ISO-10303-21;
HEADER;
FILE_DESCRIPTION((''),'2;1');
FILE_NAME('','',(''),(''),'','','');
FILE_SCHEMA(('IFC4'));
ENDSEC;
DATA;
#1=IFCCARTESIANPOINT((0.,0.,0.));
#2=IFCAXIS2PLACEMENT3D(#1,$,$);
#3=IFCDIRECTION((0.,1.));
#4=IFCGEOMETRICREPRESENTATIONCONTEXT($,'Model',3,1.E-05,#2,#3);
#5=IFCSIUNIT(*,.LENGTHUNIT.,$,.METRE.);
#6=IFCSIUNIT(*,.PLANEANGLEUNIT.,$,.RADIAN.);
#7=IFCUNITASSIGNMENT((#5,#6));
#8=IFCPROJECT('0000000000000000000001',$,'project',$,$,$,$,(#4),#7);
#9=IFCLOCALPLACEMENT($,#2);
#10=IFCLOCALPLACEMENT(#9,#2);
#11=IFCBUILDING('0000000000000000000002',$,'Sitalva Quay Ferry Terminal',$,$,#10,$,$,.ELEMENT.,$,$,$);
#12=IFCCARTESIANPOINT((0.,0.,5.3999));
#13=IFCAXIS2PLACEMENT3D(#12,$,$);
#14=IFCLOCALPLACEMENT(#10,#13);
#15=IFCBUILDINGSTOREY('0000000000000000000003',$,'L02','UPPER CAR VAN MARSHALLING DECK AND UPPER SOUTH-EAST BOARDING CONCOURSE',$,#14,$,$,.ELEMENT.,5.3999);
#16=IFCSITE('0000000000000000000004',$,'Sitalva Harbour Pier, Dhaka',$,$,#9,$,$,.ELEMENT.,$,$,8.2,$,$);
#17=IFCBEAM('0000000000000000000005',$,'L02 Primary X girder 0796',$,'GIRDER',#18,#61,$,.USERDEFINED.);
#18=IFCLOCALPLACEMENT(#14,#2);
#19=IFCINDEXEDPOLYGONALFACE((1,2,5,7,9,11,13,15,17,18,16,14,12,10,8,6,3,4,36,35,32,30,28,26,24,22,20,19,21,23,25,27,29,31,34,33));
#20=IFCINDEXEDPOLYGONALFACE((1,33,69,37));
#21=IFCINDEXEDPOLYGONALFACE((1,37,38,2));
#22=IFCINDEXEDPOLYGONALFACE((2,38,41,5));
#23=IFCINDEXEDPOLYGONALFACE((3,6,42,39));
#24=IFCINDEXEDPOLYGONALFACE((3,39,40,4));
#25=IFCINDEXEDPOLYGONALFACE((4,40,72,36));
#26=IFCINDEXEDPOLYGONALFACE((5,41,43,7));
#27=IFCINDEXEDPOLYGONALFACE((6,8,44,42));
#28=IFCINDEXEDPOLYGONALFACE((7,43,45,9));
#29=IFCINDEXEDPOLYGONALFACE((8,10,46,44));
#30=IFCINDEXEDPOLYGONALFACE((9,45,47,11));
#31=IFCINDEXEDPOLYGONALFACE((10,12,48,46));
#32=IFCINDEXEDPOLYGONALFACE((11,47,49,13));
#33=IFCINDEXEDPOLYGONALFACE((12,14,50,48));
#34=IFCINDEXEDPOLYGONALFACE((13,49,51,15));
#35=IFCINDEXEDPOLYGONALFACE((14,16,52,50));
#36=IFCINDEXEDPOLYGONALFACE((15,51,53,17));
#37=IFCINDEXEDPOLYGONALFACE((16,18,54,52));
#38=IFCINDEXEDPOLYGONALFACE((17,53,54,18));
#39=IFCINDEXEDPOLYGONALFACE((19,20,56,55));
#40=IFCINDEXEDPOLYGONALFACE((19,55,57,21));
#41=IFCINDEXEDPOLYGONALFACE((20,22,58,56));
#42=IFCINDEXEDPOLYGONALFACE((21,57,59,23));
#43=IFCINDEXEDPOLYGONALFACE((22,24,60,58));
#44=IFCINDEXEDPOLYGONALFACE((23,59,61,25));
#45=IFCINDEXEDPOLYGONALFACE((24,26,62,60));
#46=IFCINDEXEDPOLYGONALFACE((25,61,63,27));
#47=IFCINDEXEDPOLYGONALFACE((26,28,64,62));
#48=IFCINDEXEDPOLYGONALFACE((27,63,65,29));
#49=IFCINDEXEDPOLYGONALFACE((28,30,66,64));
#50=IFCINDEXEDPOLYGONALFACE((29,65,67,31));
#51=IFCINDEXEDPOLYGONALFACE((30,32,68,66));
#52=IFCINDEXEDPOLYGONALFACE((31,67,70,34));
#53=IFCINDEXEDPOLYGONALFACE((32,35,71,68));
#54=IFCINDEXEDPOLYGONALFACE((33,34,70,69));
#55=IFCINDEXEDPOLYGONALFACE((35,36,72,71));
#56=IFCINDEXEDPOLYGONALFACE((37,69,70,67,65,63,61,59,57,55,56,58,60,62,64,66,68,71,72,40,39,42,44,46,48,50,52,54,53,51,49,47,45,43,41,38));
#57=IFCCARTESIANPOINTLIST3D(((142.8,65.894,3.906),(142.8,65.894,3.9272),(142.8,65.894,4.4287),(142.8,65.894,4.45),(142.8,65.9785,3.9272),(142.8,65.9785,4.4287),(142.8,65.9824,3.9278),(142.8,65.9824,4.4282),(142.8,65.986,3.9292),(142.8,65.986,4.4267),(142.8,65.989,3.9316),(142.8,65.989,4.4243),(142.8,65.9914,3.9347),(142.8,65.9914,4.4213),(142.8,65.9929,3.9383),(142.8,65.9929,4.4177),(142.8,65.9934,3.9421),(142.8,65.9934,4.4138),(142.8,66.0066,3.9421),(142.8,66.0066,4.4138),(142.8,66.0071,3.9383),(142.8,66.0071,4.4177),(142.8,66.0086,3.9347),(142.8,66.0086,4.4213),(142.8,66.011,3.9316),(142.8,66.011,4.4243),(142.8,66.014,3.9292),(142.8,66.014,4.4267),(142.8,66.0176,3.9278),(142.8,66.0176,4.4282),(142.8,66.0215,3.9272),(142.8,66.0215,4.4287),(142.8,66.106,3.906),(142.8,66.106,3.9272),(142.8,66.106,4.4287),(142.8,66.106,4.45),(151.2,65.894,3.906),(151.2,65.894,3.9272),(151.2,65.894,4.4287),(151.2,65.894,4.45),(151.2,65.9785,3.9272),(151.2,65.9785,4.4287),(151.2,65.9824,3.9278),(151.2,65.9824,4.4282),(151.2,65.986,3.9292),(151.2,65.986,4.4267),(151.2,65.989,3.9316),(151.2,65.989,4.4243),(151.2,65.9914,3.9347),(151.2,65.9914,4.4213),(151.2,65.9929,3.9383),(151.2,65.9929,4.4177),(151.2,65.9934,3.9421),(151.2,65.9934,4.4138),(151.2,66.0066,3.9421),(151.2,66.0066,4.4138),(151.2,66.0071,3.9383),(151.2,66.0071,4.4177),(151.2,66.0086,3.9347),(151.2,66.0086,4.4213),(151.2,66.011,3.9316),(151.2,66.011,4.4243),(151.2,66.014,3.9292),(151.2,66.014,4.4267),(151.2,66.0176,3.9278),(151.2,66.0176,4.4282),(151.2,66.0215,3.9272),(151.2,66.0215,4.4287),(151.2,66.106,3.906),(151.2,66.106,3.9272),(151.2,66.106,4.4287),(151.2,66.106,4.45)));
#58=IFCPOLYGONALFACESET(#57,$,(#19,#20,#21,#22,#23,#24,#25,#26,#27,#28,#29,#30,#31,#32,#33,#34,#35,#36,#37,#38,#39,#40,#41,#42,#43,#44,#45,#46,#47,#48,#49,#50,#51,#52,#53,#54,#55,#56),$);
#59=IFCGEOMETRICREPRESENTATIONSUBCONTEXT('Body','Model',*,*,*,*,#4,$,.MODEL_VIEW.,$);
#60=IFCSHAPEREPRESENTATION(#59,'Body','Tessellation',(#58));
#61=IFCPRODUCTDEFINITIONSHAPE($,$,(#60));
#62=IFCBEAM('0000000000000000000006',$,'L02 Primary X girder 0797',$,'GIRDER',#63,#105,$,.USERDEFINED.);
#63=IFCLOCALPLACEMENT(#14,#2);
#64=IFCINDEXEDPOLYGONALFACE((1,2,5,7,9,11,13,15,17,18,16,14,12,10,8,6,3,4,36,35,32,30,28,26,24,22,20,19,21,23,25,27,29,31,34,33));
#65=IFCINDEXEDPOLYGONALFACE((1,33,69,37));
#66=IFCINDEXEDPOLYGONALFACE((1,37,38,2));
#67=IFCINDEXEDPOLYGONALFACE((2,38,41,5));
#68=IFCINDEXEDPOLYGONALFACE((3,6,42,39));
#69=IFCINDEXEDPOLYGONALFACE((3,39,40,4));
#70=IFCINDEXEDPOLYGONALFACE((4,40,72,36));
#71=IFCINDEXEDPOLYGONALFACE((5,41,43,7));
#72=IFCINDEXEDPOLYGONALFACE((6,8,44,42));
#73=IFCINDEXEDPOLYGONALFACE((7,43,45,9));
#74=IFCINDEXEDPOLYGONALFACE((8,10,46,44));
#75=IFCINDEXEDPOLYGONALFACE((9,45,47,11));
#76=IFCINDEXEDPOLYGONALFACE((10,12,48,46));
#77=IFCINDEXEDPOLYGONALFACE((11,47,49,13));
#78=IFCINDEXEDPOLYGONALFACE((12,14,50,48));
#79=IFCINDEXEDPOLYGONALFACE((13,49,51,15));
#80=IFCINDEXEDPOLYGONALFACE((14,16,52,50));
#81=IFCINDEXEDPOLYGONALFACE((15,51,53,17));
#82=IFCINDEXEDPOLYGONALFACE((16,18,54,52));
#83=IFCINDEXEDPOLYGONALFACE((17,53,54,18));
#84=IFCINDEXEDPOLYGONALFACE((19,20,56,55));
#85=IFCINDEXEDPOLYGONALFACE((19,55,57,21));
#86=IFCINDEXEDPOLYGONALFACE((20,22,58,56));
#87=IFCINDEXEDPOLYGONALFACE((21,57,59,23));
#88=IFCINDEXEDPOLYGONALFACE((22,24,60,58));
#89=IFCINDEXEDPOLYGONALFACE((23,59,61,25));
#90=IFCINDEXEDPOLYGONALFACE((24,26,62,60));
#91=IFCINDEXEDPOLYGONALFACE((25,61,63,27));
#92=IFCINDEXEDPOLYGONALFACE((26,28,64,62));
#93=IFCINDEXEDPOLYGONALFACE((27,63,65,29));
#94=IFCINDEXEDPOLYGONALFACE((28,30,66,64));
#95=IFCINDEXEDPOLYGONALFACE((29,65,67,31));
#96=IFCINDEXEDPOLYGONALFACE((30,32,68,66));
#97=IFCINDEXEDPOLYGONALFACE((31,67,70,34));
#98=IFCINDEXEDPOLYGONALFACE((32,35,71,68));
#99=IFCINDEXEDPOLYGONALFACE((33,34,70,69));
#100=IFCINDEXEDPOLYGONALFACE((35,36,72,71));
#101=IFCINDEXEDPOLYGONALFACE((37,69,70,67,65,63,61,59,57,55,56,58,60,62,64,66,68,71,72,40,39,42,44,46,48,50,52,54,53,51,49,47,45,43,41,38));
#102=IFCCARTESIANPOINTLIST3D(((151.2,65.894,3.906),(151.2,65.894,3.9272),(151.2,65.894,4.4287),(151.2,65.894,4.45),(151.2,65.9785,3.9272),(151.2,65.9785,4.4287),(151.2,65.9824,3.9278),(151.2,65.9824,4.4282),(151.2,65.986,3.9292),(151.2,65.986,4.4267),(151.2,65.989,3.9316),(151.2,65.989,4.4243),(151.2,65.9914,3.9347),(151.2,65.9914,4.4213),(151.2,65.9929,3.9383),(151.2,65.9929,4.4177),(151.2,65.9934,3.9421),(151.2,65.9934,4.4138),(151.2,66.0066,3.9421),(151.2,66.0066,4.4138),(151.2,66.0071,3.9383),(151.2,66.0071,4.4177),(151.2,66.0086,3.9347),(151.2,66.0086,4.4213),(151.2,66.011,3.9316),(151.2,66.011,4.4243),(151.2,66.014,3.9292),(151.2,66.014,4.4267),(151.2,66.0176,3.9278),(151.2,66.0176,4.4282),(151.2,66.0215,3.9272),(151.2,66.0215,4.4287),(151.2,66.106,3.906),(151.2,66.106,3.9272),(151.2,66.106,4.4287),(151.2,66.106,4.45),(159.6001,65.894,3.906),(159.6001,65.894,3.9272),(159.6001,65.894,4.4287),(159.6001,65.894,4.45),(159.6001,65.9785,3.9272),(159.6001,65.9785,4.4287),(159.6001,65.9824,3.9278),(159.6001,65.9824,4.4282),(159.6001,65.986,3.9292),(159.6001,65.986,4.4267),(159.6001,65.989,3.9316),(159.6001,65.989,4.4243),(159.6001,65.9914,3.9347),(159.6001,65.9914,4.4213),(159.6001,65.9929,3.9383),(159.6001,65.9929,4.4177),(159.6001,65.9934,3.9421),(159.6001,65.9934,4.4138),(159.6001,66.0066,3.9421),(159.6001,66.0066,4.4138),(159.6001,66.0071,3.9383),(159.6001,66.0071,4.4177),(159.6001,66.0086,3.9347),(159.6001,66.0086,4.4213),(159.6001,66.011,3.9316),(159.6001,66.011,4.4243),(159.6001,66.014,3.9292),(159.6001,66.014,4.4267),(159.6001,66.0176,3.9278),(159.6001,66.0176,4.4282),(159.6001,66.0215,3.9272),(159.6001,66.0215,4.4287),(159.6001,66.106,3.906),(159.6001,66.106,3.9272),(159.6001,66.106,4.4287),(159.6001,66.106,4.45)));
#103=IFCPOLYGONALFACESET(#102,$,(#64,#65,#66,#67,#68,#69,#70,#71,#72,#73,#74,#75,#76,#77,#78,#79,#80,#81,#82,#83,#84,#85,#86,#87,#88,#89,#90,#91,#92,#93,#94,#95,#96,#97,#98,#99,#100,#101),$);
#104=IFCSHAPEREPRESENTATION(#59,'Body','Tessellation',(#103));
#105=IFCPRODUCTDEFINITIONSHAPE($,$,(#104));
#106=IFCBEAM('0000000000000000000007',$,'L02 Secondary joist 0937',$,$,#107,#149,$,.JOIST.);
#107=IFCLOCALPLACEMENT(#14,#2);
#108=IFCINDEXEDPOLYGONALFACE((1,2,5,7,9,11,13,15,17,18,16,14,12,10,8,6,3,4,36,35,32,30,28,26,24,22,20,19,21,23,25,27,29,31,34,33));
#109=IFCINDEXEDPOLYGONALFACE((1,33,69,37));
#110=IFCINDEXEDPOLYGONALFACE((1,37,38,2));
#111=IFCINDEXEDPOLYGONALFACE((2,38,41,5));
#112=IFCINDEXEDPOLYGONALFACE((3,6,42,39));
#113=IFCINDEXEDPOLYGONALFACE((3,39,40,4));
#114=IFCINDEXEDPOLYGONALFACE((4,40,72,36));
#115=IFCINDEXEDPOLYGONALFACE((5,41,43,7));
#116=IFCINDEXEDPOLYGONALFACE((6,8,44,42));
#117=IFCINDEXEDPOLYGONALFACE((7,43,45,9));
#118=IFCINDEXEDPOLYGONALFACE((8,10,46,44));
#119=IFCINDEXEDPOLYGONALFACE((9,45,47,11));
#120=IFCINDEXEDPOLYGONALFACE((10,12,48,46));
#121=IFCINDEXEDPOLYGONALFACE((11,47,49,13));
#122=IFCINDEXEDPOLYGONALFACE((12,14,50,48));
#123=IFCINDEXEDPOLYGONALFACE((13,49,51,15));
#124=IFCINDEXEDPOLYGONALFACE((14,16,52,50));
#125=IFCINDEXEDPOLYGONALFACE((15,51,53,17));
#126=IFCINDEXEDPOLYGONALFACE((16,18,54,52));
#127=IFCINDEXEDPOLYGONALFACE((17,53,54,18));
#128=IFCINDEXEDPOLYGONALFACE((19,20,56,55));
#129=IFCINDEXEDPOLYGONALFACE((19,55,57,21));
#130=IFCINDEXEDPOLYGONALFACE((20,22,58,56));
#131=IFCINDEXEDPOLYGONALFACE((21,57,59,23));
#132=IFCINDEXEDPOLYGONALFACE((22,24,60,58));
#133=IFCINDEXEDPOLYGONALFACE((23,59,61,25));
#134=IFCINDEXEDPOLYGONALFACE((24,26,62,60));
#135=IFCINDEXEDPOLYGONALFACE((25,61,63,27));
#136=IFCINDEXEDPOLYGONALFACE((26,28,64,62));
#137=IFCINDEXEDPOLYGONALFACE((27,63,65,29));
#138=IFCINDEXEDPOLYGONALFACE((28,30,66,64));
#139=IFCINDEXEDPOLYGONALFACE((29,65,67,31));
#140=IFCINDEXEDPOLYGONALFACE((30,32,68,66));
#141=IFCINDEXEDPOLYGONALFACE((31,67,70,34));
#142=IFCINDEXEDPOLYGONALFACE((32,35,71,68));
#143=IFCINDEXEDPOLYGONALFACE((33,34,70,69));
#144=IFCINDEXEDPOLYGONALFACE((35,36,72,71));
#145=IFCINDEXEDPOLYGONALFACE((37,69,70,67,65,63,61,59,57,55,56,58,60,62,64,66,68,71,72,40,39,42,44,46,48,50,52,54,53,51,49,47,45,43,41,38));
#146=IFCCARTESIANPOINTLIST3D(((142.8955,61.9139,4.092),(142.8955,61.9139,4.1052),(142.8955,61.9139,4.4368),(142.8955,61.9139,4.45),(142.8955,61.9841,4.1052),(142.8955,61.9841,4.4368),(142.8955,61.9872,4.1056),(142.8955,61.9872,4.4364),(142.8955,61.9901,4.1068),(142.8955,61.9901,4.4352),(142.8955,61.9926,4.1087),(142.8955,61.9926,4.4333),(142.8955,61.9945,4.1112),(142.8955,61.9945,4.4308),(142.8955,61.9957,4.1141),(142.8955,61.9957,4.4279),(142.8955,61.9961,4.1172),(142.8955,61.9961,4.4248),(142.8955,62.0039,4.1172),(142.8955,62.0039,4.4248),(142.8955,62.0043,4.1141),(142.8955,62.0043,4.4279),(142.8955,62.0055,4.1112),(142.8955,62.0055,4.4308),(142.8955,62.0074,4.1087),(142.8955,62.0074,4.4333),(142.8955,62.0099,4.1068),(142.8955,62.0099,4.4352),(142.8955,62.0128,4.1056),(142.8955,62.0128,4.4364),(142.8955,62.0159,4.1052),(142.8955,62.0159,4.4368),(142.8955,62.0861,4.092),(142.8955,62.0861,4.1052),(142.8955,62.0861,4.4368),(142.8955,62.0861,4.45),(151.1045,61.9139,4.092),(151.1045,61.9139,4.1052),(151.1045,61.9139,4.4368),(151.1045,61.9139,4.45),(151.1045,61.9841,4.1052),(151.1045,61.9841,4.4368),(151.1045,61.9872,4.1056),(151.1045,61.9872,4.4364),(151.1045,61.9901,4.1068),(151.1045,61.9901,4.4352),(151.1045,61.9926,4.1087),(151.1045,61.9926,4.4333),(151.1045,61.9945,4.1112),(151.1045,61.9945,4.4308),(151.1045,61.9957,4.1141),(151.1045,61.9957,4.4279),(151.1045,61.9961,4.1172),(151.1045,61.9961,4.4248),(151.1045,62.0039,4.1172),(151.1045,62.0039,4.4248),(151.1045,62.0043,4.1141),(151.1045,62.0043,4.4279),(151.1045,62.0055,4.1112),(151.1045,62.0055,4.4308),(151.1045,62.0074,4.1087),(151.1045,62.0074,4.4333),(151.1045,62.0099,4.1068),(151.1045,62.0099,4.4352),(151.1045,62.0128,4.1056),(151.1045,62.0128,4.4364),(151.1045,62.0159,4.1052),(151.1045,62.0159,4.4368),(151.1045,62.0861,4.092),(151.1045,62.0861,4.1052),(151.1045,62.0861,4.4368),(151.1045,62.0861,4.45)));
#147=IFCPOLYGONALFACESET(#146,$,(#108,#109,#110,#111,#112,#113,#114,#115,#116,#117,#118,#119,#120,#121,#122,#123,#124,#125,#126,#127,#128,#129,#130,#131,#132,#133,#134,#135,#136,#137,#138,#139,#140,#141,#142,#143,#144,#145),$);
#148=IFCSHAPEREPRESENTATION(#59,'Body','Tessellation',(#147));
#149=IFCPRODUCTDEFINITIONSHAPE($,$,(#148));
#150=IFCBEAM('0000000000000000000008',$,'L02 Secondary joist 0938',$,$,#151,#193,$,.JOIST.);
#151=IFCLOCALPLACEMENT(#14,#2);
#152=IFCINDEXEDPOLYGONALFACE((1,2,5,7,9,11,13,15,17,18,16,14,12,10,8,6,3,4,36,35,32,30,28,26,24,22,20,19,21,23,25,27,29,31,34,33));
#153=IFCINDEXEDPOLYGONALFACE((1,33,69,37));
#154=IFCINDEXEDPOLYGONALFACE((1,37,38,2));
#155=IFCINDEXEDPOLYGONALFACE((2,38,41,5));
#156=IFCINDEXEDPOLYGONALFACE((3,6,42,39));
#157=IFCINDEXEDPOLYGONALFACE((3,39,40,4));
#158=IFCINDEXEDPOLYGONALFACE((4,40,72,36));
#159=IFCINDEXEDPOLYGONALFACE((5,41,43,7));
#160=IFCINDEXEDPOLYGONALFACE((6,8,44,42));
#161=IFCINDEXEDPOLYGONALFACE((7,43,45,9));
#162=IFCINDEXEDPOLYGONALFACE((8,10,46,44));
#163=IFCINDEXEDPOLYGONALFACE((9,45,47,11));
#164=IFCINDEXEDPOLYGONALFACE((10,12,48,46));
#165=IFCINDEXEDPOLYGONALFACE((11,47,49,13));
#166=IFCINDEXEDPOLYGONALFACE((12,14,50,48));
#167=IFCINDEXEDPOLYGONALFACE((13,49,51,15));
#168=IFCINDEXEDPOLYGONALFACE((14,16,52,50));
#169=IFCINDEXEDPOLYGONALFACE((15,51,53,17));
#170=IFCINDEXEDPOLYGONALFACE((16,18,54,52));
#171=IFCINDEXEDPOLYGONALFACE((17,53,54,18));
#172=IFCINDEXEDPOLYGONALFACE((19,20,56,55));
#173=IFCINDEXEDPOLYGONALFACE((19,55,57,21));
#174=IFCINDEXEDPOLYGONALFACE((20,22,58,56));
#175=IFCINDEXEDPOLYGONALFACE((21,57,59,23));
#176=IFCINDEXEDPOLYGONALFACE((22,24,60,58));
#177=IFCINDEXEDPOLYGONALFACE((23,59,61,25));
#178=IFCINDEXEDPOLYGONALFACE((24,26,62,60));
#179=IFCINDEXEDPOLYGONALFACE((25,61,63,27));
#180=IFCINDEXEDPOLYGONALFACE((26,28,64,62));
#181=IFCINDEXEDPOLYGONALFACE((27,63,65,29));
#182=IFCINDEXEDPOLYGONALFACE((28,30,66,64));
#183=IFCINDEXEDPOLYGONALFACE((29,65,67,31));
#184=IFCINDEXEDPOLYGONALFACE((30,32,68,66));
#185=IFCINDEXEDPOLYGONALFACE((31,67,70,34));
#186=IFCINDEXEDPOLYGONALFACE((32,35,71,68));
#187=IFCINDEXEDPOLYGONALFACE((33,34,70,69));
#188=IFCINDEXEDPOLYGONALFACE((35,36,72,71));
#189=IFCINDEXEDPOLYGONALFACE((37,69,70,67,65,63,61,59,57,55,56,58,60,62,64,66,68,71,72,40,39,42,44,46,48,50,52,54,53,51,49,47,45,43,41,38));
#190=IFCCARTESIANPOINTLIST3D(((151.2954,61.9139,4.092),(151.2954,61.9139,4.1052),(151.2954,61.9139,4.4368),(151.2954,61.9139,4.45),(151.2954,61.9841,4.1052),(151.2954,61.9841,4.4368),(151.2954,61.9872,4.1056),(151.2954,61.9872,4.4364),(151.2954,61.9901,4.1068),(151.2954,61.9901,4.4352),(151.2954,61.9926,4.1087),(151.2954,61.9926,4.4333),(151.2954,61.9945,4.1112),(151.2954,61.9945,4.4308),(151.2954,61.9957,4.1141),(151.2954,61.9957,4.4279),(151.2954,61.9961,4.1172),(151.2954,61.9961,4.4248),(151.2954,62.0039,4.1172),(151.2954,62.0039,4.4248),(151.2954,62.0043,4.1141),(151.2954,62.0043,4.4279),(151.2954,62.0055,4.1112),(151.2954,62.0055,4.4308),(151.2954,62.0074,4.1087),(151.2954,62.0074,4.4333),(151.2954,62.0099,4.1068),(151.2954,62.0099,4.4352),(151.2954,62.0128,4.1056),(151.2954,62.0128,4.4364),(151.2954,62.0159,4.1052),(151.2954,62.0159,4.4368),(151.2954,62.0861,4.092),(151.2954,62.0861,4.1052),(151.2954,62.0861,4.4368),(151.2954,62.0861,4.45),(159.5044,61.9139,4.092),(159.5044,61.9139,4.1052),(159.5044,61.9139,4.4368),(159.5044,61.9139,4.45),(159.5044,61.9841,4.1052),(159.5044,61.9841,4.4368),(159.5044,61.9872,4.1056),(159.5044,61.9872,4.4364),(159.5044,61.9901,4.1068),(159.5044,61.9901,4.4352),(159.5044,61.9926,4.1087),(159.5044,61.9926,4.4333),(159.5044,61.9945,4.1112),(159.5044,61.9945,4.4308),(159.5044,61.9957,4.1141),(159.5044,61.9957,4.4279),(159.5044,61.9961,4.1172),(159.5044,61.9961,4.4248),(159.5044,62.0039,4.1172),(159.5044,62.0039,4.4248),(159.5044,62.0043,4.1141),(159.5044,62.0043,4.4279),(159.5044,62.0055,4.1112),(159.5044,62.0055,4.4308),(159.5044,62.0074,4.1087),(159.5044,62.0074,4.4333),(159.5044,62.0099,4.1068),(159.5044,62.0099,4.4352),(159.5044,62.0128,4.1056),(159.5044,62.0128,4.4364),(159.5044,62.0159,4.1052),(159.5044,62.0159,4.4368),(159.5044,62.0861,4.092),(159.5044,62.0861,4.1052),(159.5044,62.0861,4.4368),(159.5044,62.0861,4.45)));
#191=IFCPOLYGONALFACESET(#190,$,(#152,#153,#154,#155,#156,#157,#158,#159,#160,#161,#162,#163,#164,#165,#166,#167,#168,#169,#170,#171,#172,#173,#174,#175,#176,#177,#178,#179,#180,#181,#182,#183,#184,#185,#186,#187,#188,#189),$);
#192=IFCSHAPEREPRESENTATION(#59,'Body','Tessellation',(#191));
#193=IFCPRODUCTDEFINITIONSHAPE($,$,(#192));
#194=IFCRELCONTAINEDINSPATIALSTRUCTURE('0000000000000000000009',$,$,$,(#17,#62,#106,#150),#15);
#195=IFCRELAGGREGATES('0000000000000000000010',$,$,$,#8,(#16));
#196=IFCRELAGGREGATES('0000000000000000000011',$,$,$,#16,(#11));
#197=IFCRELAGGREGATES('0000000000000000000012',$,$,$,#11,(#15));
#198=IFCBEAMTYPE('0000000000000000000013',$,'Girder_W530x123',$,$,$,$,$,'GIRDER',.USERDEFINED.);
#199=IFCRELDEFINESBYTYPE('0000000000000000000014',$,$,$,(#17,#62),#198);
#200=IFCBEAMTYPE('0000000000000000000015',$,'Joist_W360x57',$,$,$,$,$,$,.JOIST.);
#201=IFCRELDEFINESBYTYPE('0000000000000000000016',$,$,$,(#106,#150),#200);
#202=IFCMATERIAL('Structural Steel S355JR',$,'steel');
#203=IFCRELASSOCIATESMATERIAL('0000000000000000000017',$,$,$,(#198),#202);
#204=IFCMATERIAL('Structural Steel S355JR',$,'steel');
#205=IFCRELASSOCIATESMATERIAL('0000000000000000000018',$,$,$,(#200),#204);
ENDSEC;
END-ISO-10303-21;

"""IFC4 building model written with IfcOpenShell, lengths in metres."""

from ifc_helpers import new_model, si_unit, direction, frame, origin, origin_2d, place, context, subcontext, project, spatial, i_section, extrude, material, material_profile, profile_set, type_object, element, save


model = new_model("IFC4")

# Units and contexts
model_context = context("Model", 3, precision=1e-05, world=origin(), true_north=direction((0.0, 1.0)))
body_context = subcontext(model_context, "Body", "Model", "MODEL_VIEW")
ifc_project = project(units=[si_unit("LENGTHUNIT", "METRE"), si_unit("PLANEANGLEUNIT", "RADIAN")], contexts=[model_context])

# Site, building, storey
site_placement = place(None, origin())
site = spatial("IfcSite", under=ifc_project, at=site_placement, Name="Sitalva Harbour Pier, Dhaka", CompositionType="ELEMENT", RefElevation=8.2)
building_placement = place(site_placement, origin())
building = spatial("IfcBuilding", under=site, at=building_placement, Name="Sitalva Quay Ferry Terminal", CompositionType="ELEMENT")
storey_placement = place(building_placement, frame((0.0, 0.0, 5.3999)))
storey = spatial("IfcBuildingStorey", under=building, at=storey_placement, Name="L02", Description="UPPER CAR VAN MARSHALLING DECK AND UPPER SOUTH-EAST BOARDING CONCOURSE", CompositionType="ELEMENT", Elevation=5.3999)

# Beams
ifc_material_1 = material(Name="Structural Steel S355JR", Category="steel")
ifc_material_profile_1 = material_profile(ifc_material_1, i_section(OverallWidth=0.2119, OverallDepth=0.5439, WebThickness=0.0132, FlangeThickness=0.0212, FilletRadius=0.0149, at=origin_2d()), Name="W530x123")
ifc_profile_set_1 = profile_set([ifc_material_profile_1], Name="Structural Steel S355JR")
beam_type_1 = type_object("IfcBeamType", Name="Girder_W530x123", ElementType="GIRDER", PredefinedType="USERDEFINED", material=ifc_profile_set_1)
beam_1_placement = place(storey_placement, frame((142.8, 66.0, 4.178), z_axis=(1.0, 0.0, 0.0), x_axis=(0.0, 1.0, 0.0)))
element("IfcBeam", 1, at=beam_1_placement, inside=storey, type_object=beam_type_1, Name="L02 Primary X girder 0796", ObjectType="GIRDER", PredefinedType="USERDEFINED", context=body_context, shape_type="SweptSolid", body=[
    extrude(i_section(OverallWidth=0.2119, OverallDepth=0.5439, WebThickness=0.0132, FlangeThickness=0.0212, FilletRadius=0.0149, at=origin_2d()), origin(), (0.0, 0.0, 1.0), 8.3999),
])
beam_2_placement = place(storey_placement, frame((151.2, 66.0, 4.178), z_axis=(1.0, 0.0, 0.0), x_axis=(0.0, 1.0, 0.0)))
element("IfcBeam", 2, at=beam_2_placement, inside=storey, type_object=beam_type_1, Name="L02 Primary X girder 0797", ObjectType="GIRDER", PredefinedType="USERDEFINED", context=body_context, shape_type="SweptSolid", body=[
    extrude(i_section(OverallWidth=0.2119, OverallDepth=0.5439, WebThickness=0.0132, FlangeThickness=0.0212, FilletRadius=0.0149, at=origin_2d()), origin(), (0.0, 0.0, 1.0), 8.4001),
])
ifc_material_2 = material(Name="Structural Steel S355JR", Category="steel")
ifc_material_profile_2 = material_profile(ifc_material_2, i_section(OverallWidth=0.1721, OverallDepth=0.3579, WebThickness=0.0078, FlangeThickness=0.0132, FilletRadius=0.012, at=origin_2d()), Name="W360x57")
ifc_profile_set_2 = profile_set([ifc_material_profile_2], Name="Structural Steel S355JR")
beam_type_2 = type_object("IfcBeamType", Name="Joist_W360x57", PredefinedType="JOIST", material=ifc_profile_set_2)
for number, where, z_axis, x_axis, name in (
    (3, (142.8955, 62.0, 4.271), (1.0, 0.0, 0.0), (0.0, 1.0, 0.0), "L02 Secondary joist 0937"),
    (4, (151.2954, 62.0, 4.271), (1.0, 0.0, 0.0), (0.0, 1.0, 0.0), "L02 Secondary joist 0938"),
):
    element("IfcBeam", number, at=place(storey_placement, frame(where, z_axis=z_axis, x_axis=x_axis)), inside=storey, type_object=beam_type_2, Name=name, PredefinedType="JOIST", context=body_context, shape_type="SweptSolid", body=[
        extrude(i_section(OverallWidth=0.1721, OverallDepth=0.3579, WebThickness=0.0078, FlangeThickness=0.0132, FilletRadius=0.012, at=origin_2d()), origin(), (0.0, 0.0, 1.0), 8.209),
    ])

save(model, "model.ifc")
